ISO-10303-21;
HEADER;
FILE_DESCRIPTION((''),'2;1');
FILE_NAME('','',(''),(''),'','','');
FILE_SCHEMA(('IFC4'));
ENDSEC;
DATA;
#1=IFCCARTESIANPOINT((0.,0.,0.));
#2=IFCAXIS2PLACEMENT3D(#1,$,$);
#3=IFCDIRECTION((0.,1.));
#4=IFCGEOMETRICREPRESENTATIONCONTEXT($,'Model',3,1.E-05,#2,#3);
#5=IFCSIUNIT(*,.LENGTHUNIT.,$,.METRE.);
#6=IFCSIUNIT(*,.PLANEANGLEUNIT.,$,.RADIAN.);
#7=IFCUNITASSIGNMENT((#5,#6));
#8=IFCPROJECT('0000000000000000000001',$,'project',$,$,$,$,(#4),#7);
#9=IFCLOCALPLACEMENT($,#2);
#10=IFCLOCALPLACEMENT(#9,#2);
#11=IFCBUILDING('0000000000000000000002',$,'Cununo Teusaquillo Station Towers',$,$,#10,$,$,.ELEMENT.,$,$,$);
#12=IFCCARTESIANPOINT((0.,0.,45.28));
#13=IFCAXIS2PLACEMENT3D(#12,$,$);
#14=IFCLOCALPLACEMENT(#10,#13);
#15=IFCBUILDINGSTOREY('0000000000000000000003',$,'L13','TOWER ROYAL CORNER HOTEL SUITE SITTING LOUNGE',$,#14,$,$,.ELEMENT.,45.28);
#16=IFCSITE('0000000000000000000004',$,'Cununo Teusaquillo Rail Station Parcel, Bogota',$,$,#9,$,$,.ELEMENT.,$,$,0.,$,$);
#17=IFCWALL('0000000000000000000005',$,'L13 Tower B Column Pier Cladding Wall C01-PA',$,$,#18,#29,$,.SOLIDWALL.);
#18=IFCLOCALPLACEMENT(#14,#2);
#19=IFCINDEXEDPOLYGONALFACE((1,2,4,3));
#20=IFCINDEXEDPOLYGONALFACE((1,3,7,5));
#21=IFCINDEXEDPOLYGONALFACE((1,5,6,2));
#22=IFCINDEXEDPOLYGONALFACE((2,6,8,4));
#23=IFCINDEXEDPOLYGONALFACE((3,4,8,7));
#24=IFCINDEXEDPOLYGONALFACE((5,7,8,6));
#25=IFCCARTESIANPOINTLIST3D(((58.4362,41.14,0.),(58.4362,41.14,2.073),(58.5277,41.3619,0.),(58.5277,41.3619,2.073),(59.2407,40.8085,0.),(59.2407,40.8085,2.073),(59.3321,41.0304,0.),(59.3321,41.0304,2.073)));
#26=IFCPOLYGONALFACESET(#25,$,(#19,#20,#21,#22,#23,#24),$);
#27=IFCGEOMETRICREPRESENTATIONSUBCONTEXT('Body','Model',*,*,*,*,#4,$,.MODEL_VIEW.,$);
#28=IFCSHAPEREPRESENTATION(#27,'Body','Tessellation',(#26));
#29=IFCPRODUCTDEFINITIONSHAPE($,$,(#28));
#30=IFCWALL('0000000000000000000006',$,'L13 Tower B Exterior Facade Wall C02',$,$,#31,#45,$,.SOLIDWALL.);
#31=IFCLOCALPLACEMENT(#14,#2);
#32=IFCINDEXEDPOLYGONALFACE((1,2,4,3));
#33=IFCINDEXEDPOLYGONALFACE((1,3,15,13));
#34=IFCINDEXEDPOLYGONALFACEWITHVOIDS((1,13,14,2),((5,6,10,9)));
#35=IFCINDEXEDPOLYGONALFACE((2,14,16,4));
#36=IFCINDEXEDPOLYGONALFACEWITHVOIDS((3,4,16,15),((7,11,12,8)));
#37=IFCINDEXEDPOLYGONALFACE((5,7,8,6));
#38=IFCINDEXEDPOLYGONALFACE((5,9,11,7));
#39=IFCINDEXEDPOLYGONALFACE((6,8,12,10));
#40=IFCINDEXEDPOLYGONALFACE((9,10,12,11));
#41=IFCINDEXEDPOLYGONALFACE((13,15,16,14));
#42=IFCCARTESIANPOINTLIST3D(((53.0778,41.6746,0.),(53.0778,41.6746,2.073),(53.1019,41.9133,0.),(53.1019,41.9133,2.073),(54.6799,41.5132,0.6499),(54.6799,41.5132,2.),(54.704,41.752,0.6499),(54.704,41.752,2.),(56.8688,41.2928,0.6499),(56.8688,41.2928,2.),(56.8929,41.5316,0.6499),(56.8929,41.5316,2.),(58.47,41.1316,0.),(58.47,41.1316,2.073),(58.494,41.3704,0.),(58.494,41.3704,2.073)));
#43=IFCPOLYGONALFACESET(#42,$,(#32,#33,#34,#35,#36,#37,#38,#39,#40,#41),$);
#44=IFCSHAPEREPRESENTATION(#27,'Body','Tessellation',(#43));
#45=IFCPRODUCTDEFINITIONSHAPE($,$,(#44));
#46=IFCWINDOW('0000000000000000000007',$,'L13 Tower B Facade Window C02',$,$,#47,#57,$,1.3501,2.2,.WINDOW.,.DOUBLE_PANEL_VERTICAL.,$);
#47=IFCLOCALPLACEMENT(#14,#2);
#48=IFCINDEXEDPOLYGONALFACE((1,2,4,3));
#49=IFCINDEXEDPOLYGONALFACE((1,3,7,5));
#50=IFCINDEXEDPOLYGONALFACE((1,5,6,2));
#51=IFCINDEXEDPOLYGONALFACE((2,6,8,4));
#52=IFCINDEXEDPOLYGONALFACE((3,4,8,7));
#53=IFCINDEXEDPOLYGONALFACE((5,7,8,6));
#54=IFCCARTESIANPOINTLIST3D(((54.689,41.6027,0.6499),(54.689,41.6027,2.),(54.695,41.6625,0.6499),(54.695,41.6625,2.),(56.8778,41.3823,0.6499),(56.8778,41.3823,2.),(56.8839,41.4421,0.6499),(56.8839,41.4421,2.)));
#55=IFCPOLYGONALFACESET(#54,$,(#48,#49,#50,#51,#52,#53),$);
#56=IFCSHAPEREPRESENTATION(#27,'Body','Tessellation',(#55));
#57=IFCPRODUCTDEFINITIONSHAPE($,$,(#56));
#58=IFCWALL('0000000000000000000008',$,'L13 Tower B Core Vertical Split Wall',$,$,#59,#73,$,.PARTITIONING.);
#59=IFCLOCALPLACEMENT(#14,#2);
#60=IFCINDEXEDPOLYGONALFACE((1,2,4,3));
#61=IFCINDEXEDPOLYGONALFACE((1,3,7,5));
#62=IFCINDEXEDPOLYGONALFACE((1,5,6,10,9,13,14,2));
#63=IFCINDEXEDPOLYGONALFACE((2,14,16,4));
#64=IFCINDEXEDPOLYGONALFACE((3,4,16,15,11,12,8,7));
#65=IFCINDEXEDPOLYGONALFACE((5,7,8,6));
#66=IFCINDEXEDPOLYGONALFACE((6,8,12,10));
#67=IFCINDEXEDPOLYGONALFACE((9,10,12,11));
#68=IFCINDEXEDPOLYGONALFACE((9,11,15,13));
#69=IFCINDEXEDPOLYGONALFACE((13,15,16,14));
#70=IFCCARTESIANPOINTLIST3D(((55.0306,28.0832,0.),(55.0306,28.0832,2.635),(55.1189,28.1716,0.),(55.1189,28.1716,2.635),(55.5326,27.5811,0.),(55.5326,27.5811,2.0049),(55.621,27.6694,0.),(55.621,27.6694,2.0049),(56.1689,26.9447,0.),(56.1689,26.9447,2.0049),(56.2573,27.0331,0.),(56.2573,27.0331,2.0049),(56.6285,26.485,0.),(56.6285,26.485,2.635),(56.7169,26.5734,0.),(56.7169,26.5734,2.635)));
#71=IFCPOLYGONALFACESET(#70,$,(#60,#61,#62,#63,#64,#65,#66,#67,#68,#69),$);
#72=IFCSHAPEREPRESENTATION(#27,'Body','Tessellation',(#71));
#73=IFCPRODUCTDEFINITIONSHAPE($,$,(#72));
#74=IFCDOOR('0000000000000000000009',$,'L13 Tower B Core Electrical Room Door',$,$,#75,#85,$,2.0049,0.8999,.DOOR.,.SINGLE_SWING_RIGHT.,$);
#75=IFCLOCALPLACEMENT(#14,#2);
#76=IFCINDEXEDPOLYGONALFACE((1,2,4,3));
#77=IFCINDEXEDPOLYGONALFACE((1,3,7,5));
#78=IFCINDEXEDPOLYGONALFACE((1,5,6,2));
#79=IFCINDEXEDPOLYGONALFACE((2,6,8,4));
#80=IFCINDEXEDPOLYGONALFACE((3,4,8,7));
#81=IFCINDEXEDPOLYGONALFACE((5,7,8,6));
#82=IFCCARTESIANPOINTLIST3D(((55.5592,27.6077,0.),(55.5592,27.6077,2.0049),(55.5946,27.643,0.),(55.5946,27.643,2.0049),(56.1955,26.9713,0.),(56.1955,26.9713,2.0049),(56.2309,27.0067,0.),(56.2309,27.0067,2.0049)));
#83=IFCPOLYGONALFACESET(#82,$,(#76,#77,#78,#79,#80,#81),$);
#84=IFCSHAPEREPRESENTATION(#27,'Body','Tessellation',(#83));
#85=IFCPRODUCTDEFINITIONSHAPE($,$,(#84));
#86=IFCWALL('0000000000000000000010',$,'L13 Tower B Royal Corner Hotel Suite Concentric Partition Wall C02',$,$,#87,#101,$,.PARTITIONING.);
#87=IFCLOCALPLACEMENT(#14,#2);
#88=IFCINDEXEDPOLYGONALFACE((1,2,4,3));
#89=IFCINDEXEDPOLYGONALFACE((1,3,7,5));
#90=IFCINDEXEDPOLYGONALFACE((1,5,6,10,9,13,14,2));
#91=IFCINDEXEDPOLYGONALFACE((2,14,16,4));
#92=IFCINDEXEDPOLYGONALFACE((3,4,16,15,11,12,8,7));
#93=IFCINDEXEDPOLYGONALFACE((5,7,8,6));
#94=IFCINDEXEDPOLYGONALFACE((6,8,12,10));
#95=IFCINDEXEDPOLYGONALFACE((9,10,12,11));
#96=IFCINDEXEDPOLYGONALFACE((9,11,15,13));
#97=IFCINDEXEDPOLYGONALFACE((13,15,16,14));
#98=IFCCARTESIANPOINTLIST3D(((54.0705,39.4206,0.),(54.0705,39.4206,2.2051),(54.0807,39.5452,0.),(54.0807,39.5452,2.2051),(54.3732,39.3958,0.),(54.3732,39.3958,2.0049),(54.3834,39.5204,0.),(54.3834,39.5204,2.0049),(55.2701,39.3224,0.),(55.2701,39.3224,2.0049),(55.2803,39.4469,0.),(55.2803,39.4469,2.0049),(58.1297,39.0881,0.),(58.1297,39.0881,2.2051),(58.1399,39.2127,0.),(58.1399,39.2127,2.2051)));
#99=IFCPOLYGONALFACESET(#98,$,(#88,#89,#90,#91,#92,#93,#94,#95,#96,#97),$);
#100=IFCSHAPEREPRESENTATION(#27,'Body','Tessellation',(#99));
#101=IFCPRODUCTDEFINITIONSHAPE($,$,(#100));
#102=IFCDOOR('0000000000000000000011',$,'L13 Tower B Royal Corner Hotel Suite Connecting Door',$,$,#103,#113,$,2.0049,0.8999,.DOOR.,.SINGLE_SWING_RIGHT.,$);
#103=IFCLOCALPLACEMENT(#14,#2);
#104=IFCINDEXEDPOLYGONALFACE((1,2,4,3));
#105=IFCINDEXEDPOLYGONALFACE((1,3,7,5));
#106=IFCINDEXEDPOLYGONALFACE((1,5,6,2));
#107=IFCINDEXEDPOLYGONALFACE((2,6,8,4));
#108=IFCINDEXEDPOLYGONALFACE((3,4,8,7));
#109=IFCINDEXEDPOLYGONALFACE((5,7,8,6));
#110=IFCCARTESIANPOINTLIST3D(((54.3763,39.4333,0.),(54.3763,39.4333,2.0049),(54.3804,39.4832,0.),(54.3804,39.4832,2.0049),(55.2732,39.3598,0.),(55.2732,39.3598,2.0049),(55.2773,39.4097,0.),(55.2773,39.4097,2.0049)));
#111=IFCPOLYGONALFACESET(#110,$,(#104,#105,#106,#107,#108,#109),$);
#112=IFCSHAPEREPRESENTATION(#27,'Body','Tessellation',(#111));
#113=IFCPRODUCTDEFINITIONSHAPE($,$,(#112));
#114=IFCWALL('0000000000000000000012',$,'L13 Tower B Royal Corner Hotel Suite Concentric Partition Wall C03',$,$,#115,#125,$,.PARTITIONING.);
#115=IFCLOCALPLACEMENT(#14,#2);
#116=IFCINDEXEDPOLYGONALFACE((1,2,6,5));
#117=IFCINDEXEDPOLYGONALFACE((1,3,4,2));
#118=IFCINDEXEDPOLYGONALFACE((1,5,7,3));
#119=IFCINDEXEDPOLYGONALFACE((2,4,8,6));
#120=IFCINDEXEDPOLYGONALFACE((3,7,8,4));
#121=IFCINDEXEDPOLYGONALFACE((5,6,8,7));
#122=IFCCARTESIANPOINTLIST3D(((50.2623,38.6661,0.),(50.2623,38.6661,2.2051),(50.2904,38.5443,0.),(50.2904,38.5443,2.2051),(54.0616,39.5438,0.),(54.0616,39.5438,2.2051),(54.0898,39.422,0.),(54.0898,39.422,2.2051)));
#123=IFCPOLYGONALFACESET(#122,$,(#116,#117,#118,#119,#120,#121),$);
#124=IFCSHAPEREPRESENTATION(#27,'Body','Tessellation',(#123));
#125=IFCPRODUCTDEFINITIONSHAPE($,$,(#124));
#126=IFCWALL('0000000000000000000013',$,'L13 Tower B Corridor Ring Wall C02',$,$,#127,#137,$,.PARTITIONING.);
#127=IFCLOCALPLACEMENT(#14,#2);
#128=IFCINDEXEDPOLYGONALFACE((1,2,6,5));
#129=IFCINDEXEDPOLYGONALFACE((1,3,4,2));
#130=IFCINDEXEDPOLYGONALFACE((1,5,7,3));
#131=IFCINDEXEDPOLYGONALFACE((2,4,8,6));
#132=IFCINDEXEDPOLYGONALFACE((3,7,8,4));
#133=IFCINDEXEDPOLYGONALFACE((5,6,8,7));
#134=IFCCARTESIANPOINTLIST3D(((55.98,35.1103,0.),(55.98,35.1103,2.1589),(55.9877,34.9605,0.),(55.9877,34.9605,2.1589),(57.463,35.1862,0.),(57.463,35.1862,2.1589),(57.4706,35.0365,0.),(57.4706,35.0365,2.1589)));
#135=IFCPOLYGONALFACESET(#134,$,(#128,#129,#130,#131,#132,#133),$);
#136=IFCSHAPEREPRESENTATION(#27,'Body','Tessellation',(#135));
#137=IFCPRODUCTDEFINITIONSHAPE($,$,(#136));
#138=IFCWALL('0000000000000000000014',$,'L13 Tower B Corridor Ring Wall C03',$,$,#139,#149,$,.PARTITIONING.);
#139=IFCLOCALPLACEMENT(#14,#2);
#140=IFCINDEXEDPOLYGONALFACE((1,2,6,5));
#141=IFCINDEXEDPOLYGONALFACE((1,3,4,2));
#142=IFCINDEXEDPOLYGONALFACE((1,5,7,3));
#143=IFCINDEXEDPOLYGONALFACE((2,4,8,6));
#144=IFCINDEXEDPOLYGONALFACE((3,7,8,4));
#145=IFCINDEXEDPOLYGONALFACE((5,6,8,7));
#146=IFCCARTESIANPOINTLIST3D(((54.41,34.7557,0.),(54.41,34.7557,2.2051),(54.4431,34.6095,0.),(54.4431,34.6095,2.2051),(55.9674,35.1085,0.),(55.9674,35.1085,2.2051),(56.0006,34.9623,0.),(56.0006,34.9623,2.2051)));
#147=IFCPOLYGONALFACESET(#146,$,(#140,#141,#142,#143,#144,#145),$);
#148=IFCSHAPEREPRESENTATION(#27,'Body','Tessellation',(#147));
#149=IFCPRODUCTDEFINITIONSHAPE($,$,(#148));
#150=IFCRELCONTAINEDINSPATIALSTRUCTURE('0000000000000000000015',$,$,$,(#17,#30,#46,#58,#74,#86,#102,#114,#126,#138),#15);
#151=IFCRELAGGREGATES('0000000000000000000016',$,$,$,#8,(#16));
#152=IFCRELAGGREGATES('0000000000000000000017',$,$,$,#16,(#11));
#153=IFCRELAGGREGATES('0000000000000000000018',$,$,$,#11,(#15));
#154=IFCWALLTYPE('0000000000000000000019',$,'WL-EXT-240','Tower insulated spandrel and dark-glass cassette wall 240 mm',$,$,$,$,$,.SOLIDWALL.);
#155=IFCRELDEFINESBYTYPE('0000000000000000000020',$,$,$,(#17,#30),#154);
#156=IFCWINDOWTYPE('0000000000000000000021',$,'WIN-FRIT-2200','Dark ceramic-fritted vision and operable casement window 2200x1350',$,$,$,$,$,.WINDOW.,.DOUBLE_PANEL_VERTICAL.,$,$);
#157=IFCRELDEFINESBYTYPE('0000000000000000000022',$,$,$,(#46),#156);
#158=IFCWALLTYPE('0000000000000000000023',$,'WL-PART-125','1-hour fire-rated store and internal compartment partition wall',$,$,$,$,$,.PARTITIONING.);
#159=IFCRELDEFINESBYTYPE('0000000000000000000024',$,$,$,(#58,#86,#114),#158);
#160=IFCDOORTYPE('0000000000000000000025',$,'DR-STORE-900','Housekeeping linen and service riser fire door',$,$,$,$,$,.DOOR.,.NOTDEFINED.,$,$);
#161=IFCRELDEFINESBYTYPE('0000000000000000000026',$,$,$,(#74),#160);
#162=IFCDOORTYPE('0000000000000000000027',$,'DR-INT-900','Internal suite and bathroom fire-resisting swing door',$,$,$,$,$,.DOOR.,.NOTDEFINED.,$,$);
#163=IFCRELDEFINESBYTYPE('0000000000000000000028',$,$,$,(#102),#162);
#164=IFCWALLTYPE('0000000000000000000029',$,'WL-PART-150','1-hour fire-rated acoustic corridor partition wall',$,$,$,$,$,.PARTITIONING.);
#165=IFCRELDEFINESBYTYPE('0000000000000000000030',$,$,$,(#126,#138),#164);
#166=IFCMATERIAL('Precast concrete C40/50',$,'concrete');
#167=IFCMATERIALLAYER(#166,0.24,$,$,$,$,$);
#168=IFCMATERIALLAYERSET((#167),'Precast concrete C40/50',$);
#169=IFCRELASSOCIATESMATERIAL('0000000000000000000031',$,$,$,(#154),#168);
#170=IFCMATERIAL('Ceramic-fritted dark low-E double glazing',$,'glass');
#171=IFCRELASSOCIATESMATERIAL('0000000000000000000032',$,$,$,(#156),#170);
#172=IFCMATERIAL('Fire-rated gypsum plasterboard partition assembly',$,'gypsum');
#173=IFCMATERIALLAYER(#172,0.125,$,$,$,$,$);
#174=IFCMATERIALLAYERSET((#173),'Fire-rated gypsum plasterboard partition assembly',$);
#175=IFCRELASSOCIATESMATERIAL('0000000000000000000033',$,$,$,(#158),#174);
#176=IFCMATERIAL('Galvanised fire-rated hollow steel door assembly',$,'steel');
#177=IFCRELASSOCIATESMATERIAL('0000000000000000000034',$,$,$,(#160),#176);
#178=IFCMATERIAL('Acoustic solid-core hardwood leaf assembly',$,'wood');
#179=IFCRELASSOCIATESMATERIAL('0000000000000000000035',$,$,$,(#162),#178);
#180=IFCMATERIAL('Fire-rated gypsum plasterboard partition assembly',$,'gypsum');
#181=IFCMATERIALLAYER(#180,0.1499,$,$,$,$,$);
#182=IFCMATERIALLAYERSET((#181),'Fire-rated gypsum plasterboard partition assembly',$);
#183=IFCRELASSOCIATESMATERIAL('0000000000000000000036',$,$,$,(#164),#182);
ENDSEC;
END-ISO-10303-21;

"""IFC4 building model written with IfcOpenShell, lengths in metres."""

from ifc_helpers import new_model, si_unit, direction, frame, frame_2d, origin, place, context, subcontext, project, spatial, rectangle, extrude, source, transform, mapped, material, layer, layer_set, type_object, element, fill, save


model = new_model("IFC4")

# Units and contexts
model_context = context("Model", 3, precision=1e-05, world=origin(), true_north=direction((0.0, 1.0)))
body_context = subcontext(model_context, "Body", "Model", "MODEL_VIEW")
ifc_project = project(units=[si_unit("LENGTHUNIT", "METRE"), si_unit("PLANEANGLEUNIT", "RADIAN")], contexts=[model_context])

# Site, building, storey
site_placement = place(None, origin())
site = spatial("IfcSite", under=ifc_project, at=site_placement, Name="Cununo Teusaquillo Rail Station Parcel, Bogota", CompositionType="ELEMENT", RefElevation=0.0)
building_placement = place(site_placement, origin())
building = spatial("IfcBuilding", under=site, at=building_placement, Name="Cununo Teusaquillo Station Towers", CompositionType="ELEMENT")
storey_placement = place(building_placement, frame((0.0, 0.0, 45.28)))
storey = spatial("IfcBuildingStorey", under=building, at=storey_placement, Name="L13", Description="TOWER ROYAL CORNER HOTEL SUITE SITTING LOUNGE", CompositionType="ELEMENT", Elevation=45.28)

# Wall
ifc_material_1 = material(Name="Precast concrete C40/50", Category="concrete")
ifc_layer_1 = layer(ifc_material_1, 0.24)
ifc_layer_set_1 = layer_set([ifc_layer_1], Name="Precast concrete C40/50")
wall_type_1 = type_object("IfcWallType", Name="WL-EXT-240", Description="Tower insulated spandrel and dark-glass cassette wall 240 mm", PredefinedType="SOLIDWALL", material=ifc_layer_set_1)
wall_1_placement = place(storey_placement, frame((58.4819, 41.251, 0.0), z_axis=(0.0, 0.0, 1.0), x_axis=(0.924556, -0.381046, 0.0)))
element("IfcWall", 1, at=wall_1_placement, inside=storey, type_object=wall_type_1, Name="L13 Tower B Column Pier Cladding Wall C01-PA", PredefinedType="SOLIDWALL", context=body_context, shape_type="SweptSolid", body=[
    extrude(rectangle(XDim=0.8701, YDim=0.24, at=frame_2d((0.4351, 0.0))), origin(), (0.0, 0.0, 1.0), 2.073),
])

# Wall, opening, window
wall_2_placement = place(storey_placement, frame((53.0898, 41.7939, 0.0), z_axis=(0.0, 0.0, 1.0), x_axis=(0.994968, -0.100191, 0.0)))
wall_2 = element("IfcWall", 2, at=wall_2_placement, inside=storey, type_object=wall_type_1, Name="L13 Tower B Exterior Facade Wall C02", PredefinedType="SOLIDWALL", context=body_context, shape_type="SweptSolid", body=[
    extrude(rectangle(XDim=5.4194, YDim=0.24, at=frame_2d((2.7097, 0.0))), origin(), (0.0, 0.0, 1.0), 2.073),
])
shared_shape_1 = source(origin(), body_context, "Body", "SweptSolid", [
    extrude(rectangle(XDim=2.2, YDim=1.3501, at=frame_2d((1.1001, 0.675))), frame((0.0, 0.1299, 0.0), z_axis=(0.0, -1.0, 0.0), x_axis=(1.0, 0.0, 0.0)), (0.0, 0.0, 1.0), 0.26),
])
opening_1_placement = place(wall_2_placement, frame((1.6101, 0.0, 0.6499)))
opening_1 = element("IfcOpeningElement", 3, at=opening_1_placement, cuts=wall_2, PredefinedType="OPENING", context=body_context, shape_type="MappedRepresentation", body=[
    mapped(shared_shape_1, transform((0.0, 0.0, 0.0), x_axis=(1.0, 0.0, 0.0), y_axis=(0.0, 1.0, 0.0), z_axis=(0.0, 0.0, 1.0), scale=1.0)),
])
ifc_material_2 = material(Name="Ceramic-fritted dark low-E double glazing", Category="glass")
window_type = type_object("IfcWindowType", Name="WIN-FRIT-2200", Description="Dark ceramic-fritted vision and operable casement window 2200x1350", PartitioningType="DOUBLE_PANEL_VERTICAL", PredefinedType="WINDOW", material=ifc_material_2)
shared_shape_2 = source(origin(), body_context, "Body", "SweptSolid", [
    extrude(rectangle(XDim=2.2, YDim=1.3501, at=frame_2d((1.1001, 0.675))), frame((0.0, 0.03, 0.0), z_axis=(0.0, -1.0, 0.0), x_axis=(1.0, 0.0, 0.0)), (0.0, 0.0, 1.0), 0.0601),
])
window_placement = place(opening_1_placement, origin())
window = element("IfcWindow", 4, at=window_placement, inside=storey, type_object=window_type, Name="L13 Tower B Facade Window C02", OverallHeight=1.3501, OverallWidth=2.2, PartitioningType="DOUBLE_PANEL_VERTICAL", PredefinedType="WINDOW", context=body_context, shape_type="MappedRepresentation", body=[
    mapped(shared_shape_2, transform((0.0, 0.0, 0.0), x_axis=(1.0, 0.0, 0.0), y_axis=(0.0, 1.0, 0.0), z_axis=(0.0, 0.0, 1.0), scale=1.0)),
])
fill(opening_1, window)

# Walls, openings, doors
ifc_material_3 = material(Name="Fire-rated gypsum plasterboard partition assembly", Category="gypsum")
ifc_layer_2 = layer(ifc_material_3, 0.125)
ifc_layer_set_2 = layer_set([ifc_layer_2], Name="Fire-rated gypsum plasterboard partition assembly")
wall_type_2 = type_object("IfcWallType", Name="WL-PART-125", Description="1-hour fire-rated store and internal compartment partition wall", PredefinedType="PARTITIONING", material=ifc_layer_set_2)
wall_3_placement = place(storey_placement, frame((56.6726, 26.5293, 0.0), z_axis=(0.0, 0.0, 1.0), x_axis=(-0.707053, 0.707161, 0.0)))
wall_3 = element("IfcWall", 5, at=wall_3_placement, inside=storey, type_object=wall_type_2, Name="L13 Tower B Core Vertical Split Wall", PredefinedType="PARTITIONING", context=body_context, shape_type="SweptSolid", body=[
    extrude(rectangle(XDim=2.26, YDim=0.125, at=frame_2d((1.1299, 0.0))), origin(), (0.0, 0.0, 1.0), 2.635),
])
shared_shape_3 = source(origin(), body_context, "Body", "SweptSolid", [
    extrude(rectangle(XDim=0.8999, YDim=2.0049, at=frame_2d((0.45, 1.0024))), frame((0.0, 0.0725, 0.0), z_axis=(0.0, -1.0, 0.0), x_axis=(1.0, 0.0, 0.0)), (0.0, 0.0, 1.0), 0.145),
])
opening_2_placement = place(wall_3_placement, frame((0.6499, 0.0, 0.0)))
opening_2 = element("IfcOpeningElement", 6, at=opening_2_placement, cuts=wall_3, PredefinedType="OPENING", context=body_context, shape_type="MappedRepresentation", body=[
    mapped(shared_shape_3, transform((0.0, 0.0, 0.0), x_axis=(1.0, 0.0, 0.0), y_axis=(0.0, 1.0, 0.0), z_axis=(0.0, 0.0, 1.0), scale=1.0)),
])
ifc_material_4 = material(Name="Galvanised fire-rated hollow steel door assembly", Category="steel")
door_type_1 = type_object("IfcDoorType", Name="DR-STORE-900", Description="Housekeeping linen and service riser fire door", OperationType="NOTDEFINED", PredefinedType="DOOR", material=ifc_material_4)
shared_shape_4 = source(origin(), body_context, "Body", "SweptSolid", [
    extrude(rectangle(XDim=0.8999, YDim=2.0049, at=frame_2d((0.45, 1.0024))), frame((0.0, 0.0249, 0.0), z_axis=(0.0, -1.0, 0.0), x_axis=(1.0, 0.0, 0.0)), (0.0, 0.0, 1.0), 0.05),
])
door_1_placement = place(opening_2_placement, origin())
door_1 = element("IfcDoor", 7, at=door_1_placement, inside=storey, type_object=door_type_1, Name="L13 Tower B Core Electrical Room Door", OperationType="SINGLE_SWING_RIGHT", OverallHeight=2.0049, OverallWidth=0.8999, PredefinedType="DOOR", context=body_context, shape_type="MappedRepresentation", body=[
    mapped(shared_shape_4, transform((0.0, 0.0, 0.0), x_axis=(1.0, 0.0, 0.0), y_axis=(0.0, 1.0, 0.0), z_axis=(0.0, 0.0, 1.0), scale=1.0)),
])
fill(opening_2, door_1)
wall_4_placement = place(storey_placement, frame((58.1348, 39.1504, 0.0), z_axis=(0.0, 0.0, 1.0), x_axis=(-0.996661, 0.081646, 0.0)))
wall_4 = element("IfcWall", 8, at=wall_4_placement, inside=storey, type_object=wall_type_2, Name="L13 Tower B Royal Corner Hotel Suite Concentric Partition Wall C02", PredefinedType="PARTITIONING", context=body_context, shape_type="SweptSolid", body=[
    extrude(rectangle(XDim=4.0728, YDim=0.125, at=frame_2d((2.0364, 0.0))), origin(), (0.0, 0.0, 1.0), 2.2051),
])
opening_3_placement = place(wall_4_placement, frame((2.8691, 0.0, 0.0)))
opening_3 = element("IfcOpeningElement", 9, at=opening_3_placement, cuts=wall_4, PredefinedType="OPENING", context=body_context, shape_type="MappedRepresentation", body=[
    mapped(shared_shape_3, transform((0.0, 0.0, 0.0), x_axis=(1.0, 0.0, 0.0), y_axis=(0.0, 1.0, 0.0), z_axis=(0.0, 0.0, 1.0), scale=1.0)),
])
ifc_material_5 = material(Name="Acoustic solid-core hardwood leaf assembly", Category="wood")
door_type_2 = type_object("IfcDoorType", Name="DR-INT-900", Description="Internal suite and bathroom fire-resisting swing door", OperationType="NOTDEFINED", PredefinedType="DOOR", material=ifc_material_5)
door_2_placement = place(opening_3_placement, origin())
door_2 = element("IfcDoor", 10, at=door_2_placement, inside=storey, type_object=door_type_2, Name="L13 Tower B Royal Corner Hotel Suite Connecting Door", OperationType="SINGLE_SWING_RIGHT", OverallHeight=2.0049, OverallWidth=0.8999, PredefinedType="DOOR", context=body_context, shape_type="MappedRepresentation", body=[
    mapped(shared_shape_4, transform((0.0, 0.0, 0.0), x_axis=(1.0, 0.0, 0.0), y_axis=(0.0, 1.0, 0.0), z_axis=(0.0, 0.0, 1.0), scale=1.0)),
])
fill(opening_3, door_2)

# Walls
wall_5_placement = place(storey_placement, frame((54.0757, 39.4829, 0.0), z_axis=(0.0, 0.0, 1.0), x_axis=(-0.974339, -0.225084, 0.0)))
element("IfcWall", 11, at=wall_5_placement, inside=storey, type_object=wall_type_2, Name="L13 Tower B Royal Corner Hotel Suite Concentric Partition Wall C03", PredefinedType="PARTITIONING", context=body_context, shape_type="SweptSolid", body=[
    extrude(rectangle(XDim=3.8994, YDim=0.125, at=frame_2d((1.9497, 0.0))), origin(), (0.0, 0.0, 1.0), 2.2051),
])
ifc_material_6 = material(Name="Fire-rated gypsum plasterboard partition assembly", Category="gypsum")
ifc_layer_3 = layer(ifc_material_6, 0.1499)
ifc_layer_set_3 = layer_set([ifc_layer_3], Name="Fire-rated gypsum plasterboard partition assembly")
wall_type_3 = type_object("IfcWallType", Name="WL-PART-150", Description="1-hour fire-rated acoustic corridor partition wall", PredefinedType="PARTITIONING", material=ifc_layer_set_3)
wall_6_placement = place(storey_placement, frame((57.4668, 35.1113, 0.0), z_axis=(0.0, 0.0, 1.0), x_axis=(-0.998692, -0.051135, 0.0)))
element("IfcWall", 12, at=wall_6_placement, inside=storey, type_object=wall_type_3, Name="L13 Tower B Corridor Ring Wall C02", PredefinedType="PARTITIONING", context=body_context, shape_type="SweptSolid", body=[
    extrude(rectangle(XDim=1.4849, YDim=0.1499, at=frame_2d((0.7424, 0.0))), origin(), (0.0, 0.0, 1.0), 2.1589),
])
wall_7_placement = place(storey_placement, frame((55.9839, 35.0354, 0.0), z_axis=(0.0, 0.0, 1.0), x_axis=(-0.97529, -0.220927, 0.0)))
element("IfcWall", 13, at=wall_7_placement, inside=storey, type_object=wall_type_3, Name="L13 Tower B Corridor Ring Wall C03", PredefinedType="PARTITIONING", context=body_context, shape_type="SweptSolid", body=[
    extrude(rectangle(XDim=1.5969, YDim=0.1499, at=frame_2d((0.7983, 0.0))), origin(), (0.0, 0.0, 1.0), 2.2051),
])

save(model, "model.ifc")
